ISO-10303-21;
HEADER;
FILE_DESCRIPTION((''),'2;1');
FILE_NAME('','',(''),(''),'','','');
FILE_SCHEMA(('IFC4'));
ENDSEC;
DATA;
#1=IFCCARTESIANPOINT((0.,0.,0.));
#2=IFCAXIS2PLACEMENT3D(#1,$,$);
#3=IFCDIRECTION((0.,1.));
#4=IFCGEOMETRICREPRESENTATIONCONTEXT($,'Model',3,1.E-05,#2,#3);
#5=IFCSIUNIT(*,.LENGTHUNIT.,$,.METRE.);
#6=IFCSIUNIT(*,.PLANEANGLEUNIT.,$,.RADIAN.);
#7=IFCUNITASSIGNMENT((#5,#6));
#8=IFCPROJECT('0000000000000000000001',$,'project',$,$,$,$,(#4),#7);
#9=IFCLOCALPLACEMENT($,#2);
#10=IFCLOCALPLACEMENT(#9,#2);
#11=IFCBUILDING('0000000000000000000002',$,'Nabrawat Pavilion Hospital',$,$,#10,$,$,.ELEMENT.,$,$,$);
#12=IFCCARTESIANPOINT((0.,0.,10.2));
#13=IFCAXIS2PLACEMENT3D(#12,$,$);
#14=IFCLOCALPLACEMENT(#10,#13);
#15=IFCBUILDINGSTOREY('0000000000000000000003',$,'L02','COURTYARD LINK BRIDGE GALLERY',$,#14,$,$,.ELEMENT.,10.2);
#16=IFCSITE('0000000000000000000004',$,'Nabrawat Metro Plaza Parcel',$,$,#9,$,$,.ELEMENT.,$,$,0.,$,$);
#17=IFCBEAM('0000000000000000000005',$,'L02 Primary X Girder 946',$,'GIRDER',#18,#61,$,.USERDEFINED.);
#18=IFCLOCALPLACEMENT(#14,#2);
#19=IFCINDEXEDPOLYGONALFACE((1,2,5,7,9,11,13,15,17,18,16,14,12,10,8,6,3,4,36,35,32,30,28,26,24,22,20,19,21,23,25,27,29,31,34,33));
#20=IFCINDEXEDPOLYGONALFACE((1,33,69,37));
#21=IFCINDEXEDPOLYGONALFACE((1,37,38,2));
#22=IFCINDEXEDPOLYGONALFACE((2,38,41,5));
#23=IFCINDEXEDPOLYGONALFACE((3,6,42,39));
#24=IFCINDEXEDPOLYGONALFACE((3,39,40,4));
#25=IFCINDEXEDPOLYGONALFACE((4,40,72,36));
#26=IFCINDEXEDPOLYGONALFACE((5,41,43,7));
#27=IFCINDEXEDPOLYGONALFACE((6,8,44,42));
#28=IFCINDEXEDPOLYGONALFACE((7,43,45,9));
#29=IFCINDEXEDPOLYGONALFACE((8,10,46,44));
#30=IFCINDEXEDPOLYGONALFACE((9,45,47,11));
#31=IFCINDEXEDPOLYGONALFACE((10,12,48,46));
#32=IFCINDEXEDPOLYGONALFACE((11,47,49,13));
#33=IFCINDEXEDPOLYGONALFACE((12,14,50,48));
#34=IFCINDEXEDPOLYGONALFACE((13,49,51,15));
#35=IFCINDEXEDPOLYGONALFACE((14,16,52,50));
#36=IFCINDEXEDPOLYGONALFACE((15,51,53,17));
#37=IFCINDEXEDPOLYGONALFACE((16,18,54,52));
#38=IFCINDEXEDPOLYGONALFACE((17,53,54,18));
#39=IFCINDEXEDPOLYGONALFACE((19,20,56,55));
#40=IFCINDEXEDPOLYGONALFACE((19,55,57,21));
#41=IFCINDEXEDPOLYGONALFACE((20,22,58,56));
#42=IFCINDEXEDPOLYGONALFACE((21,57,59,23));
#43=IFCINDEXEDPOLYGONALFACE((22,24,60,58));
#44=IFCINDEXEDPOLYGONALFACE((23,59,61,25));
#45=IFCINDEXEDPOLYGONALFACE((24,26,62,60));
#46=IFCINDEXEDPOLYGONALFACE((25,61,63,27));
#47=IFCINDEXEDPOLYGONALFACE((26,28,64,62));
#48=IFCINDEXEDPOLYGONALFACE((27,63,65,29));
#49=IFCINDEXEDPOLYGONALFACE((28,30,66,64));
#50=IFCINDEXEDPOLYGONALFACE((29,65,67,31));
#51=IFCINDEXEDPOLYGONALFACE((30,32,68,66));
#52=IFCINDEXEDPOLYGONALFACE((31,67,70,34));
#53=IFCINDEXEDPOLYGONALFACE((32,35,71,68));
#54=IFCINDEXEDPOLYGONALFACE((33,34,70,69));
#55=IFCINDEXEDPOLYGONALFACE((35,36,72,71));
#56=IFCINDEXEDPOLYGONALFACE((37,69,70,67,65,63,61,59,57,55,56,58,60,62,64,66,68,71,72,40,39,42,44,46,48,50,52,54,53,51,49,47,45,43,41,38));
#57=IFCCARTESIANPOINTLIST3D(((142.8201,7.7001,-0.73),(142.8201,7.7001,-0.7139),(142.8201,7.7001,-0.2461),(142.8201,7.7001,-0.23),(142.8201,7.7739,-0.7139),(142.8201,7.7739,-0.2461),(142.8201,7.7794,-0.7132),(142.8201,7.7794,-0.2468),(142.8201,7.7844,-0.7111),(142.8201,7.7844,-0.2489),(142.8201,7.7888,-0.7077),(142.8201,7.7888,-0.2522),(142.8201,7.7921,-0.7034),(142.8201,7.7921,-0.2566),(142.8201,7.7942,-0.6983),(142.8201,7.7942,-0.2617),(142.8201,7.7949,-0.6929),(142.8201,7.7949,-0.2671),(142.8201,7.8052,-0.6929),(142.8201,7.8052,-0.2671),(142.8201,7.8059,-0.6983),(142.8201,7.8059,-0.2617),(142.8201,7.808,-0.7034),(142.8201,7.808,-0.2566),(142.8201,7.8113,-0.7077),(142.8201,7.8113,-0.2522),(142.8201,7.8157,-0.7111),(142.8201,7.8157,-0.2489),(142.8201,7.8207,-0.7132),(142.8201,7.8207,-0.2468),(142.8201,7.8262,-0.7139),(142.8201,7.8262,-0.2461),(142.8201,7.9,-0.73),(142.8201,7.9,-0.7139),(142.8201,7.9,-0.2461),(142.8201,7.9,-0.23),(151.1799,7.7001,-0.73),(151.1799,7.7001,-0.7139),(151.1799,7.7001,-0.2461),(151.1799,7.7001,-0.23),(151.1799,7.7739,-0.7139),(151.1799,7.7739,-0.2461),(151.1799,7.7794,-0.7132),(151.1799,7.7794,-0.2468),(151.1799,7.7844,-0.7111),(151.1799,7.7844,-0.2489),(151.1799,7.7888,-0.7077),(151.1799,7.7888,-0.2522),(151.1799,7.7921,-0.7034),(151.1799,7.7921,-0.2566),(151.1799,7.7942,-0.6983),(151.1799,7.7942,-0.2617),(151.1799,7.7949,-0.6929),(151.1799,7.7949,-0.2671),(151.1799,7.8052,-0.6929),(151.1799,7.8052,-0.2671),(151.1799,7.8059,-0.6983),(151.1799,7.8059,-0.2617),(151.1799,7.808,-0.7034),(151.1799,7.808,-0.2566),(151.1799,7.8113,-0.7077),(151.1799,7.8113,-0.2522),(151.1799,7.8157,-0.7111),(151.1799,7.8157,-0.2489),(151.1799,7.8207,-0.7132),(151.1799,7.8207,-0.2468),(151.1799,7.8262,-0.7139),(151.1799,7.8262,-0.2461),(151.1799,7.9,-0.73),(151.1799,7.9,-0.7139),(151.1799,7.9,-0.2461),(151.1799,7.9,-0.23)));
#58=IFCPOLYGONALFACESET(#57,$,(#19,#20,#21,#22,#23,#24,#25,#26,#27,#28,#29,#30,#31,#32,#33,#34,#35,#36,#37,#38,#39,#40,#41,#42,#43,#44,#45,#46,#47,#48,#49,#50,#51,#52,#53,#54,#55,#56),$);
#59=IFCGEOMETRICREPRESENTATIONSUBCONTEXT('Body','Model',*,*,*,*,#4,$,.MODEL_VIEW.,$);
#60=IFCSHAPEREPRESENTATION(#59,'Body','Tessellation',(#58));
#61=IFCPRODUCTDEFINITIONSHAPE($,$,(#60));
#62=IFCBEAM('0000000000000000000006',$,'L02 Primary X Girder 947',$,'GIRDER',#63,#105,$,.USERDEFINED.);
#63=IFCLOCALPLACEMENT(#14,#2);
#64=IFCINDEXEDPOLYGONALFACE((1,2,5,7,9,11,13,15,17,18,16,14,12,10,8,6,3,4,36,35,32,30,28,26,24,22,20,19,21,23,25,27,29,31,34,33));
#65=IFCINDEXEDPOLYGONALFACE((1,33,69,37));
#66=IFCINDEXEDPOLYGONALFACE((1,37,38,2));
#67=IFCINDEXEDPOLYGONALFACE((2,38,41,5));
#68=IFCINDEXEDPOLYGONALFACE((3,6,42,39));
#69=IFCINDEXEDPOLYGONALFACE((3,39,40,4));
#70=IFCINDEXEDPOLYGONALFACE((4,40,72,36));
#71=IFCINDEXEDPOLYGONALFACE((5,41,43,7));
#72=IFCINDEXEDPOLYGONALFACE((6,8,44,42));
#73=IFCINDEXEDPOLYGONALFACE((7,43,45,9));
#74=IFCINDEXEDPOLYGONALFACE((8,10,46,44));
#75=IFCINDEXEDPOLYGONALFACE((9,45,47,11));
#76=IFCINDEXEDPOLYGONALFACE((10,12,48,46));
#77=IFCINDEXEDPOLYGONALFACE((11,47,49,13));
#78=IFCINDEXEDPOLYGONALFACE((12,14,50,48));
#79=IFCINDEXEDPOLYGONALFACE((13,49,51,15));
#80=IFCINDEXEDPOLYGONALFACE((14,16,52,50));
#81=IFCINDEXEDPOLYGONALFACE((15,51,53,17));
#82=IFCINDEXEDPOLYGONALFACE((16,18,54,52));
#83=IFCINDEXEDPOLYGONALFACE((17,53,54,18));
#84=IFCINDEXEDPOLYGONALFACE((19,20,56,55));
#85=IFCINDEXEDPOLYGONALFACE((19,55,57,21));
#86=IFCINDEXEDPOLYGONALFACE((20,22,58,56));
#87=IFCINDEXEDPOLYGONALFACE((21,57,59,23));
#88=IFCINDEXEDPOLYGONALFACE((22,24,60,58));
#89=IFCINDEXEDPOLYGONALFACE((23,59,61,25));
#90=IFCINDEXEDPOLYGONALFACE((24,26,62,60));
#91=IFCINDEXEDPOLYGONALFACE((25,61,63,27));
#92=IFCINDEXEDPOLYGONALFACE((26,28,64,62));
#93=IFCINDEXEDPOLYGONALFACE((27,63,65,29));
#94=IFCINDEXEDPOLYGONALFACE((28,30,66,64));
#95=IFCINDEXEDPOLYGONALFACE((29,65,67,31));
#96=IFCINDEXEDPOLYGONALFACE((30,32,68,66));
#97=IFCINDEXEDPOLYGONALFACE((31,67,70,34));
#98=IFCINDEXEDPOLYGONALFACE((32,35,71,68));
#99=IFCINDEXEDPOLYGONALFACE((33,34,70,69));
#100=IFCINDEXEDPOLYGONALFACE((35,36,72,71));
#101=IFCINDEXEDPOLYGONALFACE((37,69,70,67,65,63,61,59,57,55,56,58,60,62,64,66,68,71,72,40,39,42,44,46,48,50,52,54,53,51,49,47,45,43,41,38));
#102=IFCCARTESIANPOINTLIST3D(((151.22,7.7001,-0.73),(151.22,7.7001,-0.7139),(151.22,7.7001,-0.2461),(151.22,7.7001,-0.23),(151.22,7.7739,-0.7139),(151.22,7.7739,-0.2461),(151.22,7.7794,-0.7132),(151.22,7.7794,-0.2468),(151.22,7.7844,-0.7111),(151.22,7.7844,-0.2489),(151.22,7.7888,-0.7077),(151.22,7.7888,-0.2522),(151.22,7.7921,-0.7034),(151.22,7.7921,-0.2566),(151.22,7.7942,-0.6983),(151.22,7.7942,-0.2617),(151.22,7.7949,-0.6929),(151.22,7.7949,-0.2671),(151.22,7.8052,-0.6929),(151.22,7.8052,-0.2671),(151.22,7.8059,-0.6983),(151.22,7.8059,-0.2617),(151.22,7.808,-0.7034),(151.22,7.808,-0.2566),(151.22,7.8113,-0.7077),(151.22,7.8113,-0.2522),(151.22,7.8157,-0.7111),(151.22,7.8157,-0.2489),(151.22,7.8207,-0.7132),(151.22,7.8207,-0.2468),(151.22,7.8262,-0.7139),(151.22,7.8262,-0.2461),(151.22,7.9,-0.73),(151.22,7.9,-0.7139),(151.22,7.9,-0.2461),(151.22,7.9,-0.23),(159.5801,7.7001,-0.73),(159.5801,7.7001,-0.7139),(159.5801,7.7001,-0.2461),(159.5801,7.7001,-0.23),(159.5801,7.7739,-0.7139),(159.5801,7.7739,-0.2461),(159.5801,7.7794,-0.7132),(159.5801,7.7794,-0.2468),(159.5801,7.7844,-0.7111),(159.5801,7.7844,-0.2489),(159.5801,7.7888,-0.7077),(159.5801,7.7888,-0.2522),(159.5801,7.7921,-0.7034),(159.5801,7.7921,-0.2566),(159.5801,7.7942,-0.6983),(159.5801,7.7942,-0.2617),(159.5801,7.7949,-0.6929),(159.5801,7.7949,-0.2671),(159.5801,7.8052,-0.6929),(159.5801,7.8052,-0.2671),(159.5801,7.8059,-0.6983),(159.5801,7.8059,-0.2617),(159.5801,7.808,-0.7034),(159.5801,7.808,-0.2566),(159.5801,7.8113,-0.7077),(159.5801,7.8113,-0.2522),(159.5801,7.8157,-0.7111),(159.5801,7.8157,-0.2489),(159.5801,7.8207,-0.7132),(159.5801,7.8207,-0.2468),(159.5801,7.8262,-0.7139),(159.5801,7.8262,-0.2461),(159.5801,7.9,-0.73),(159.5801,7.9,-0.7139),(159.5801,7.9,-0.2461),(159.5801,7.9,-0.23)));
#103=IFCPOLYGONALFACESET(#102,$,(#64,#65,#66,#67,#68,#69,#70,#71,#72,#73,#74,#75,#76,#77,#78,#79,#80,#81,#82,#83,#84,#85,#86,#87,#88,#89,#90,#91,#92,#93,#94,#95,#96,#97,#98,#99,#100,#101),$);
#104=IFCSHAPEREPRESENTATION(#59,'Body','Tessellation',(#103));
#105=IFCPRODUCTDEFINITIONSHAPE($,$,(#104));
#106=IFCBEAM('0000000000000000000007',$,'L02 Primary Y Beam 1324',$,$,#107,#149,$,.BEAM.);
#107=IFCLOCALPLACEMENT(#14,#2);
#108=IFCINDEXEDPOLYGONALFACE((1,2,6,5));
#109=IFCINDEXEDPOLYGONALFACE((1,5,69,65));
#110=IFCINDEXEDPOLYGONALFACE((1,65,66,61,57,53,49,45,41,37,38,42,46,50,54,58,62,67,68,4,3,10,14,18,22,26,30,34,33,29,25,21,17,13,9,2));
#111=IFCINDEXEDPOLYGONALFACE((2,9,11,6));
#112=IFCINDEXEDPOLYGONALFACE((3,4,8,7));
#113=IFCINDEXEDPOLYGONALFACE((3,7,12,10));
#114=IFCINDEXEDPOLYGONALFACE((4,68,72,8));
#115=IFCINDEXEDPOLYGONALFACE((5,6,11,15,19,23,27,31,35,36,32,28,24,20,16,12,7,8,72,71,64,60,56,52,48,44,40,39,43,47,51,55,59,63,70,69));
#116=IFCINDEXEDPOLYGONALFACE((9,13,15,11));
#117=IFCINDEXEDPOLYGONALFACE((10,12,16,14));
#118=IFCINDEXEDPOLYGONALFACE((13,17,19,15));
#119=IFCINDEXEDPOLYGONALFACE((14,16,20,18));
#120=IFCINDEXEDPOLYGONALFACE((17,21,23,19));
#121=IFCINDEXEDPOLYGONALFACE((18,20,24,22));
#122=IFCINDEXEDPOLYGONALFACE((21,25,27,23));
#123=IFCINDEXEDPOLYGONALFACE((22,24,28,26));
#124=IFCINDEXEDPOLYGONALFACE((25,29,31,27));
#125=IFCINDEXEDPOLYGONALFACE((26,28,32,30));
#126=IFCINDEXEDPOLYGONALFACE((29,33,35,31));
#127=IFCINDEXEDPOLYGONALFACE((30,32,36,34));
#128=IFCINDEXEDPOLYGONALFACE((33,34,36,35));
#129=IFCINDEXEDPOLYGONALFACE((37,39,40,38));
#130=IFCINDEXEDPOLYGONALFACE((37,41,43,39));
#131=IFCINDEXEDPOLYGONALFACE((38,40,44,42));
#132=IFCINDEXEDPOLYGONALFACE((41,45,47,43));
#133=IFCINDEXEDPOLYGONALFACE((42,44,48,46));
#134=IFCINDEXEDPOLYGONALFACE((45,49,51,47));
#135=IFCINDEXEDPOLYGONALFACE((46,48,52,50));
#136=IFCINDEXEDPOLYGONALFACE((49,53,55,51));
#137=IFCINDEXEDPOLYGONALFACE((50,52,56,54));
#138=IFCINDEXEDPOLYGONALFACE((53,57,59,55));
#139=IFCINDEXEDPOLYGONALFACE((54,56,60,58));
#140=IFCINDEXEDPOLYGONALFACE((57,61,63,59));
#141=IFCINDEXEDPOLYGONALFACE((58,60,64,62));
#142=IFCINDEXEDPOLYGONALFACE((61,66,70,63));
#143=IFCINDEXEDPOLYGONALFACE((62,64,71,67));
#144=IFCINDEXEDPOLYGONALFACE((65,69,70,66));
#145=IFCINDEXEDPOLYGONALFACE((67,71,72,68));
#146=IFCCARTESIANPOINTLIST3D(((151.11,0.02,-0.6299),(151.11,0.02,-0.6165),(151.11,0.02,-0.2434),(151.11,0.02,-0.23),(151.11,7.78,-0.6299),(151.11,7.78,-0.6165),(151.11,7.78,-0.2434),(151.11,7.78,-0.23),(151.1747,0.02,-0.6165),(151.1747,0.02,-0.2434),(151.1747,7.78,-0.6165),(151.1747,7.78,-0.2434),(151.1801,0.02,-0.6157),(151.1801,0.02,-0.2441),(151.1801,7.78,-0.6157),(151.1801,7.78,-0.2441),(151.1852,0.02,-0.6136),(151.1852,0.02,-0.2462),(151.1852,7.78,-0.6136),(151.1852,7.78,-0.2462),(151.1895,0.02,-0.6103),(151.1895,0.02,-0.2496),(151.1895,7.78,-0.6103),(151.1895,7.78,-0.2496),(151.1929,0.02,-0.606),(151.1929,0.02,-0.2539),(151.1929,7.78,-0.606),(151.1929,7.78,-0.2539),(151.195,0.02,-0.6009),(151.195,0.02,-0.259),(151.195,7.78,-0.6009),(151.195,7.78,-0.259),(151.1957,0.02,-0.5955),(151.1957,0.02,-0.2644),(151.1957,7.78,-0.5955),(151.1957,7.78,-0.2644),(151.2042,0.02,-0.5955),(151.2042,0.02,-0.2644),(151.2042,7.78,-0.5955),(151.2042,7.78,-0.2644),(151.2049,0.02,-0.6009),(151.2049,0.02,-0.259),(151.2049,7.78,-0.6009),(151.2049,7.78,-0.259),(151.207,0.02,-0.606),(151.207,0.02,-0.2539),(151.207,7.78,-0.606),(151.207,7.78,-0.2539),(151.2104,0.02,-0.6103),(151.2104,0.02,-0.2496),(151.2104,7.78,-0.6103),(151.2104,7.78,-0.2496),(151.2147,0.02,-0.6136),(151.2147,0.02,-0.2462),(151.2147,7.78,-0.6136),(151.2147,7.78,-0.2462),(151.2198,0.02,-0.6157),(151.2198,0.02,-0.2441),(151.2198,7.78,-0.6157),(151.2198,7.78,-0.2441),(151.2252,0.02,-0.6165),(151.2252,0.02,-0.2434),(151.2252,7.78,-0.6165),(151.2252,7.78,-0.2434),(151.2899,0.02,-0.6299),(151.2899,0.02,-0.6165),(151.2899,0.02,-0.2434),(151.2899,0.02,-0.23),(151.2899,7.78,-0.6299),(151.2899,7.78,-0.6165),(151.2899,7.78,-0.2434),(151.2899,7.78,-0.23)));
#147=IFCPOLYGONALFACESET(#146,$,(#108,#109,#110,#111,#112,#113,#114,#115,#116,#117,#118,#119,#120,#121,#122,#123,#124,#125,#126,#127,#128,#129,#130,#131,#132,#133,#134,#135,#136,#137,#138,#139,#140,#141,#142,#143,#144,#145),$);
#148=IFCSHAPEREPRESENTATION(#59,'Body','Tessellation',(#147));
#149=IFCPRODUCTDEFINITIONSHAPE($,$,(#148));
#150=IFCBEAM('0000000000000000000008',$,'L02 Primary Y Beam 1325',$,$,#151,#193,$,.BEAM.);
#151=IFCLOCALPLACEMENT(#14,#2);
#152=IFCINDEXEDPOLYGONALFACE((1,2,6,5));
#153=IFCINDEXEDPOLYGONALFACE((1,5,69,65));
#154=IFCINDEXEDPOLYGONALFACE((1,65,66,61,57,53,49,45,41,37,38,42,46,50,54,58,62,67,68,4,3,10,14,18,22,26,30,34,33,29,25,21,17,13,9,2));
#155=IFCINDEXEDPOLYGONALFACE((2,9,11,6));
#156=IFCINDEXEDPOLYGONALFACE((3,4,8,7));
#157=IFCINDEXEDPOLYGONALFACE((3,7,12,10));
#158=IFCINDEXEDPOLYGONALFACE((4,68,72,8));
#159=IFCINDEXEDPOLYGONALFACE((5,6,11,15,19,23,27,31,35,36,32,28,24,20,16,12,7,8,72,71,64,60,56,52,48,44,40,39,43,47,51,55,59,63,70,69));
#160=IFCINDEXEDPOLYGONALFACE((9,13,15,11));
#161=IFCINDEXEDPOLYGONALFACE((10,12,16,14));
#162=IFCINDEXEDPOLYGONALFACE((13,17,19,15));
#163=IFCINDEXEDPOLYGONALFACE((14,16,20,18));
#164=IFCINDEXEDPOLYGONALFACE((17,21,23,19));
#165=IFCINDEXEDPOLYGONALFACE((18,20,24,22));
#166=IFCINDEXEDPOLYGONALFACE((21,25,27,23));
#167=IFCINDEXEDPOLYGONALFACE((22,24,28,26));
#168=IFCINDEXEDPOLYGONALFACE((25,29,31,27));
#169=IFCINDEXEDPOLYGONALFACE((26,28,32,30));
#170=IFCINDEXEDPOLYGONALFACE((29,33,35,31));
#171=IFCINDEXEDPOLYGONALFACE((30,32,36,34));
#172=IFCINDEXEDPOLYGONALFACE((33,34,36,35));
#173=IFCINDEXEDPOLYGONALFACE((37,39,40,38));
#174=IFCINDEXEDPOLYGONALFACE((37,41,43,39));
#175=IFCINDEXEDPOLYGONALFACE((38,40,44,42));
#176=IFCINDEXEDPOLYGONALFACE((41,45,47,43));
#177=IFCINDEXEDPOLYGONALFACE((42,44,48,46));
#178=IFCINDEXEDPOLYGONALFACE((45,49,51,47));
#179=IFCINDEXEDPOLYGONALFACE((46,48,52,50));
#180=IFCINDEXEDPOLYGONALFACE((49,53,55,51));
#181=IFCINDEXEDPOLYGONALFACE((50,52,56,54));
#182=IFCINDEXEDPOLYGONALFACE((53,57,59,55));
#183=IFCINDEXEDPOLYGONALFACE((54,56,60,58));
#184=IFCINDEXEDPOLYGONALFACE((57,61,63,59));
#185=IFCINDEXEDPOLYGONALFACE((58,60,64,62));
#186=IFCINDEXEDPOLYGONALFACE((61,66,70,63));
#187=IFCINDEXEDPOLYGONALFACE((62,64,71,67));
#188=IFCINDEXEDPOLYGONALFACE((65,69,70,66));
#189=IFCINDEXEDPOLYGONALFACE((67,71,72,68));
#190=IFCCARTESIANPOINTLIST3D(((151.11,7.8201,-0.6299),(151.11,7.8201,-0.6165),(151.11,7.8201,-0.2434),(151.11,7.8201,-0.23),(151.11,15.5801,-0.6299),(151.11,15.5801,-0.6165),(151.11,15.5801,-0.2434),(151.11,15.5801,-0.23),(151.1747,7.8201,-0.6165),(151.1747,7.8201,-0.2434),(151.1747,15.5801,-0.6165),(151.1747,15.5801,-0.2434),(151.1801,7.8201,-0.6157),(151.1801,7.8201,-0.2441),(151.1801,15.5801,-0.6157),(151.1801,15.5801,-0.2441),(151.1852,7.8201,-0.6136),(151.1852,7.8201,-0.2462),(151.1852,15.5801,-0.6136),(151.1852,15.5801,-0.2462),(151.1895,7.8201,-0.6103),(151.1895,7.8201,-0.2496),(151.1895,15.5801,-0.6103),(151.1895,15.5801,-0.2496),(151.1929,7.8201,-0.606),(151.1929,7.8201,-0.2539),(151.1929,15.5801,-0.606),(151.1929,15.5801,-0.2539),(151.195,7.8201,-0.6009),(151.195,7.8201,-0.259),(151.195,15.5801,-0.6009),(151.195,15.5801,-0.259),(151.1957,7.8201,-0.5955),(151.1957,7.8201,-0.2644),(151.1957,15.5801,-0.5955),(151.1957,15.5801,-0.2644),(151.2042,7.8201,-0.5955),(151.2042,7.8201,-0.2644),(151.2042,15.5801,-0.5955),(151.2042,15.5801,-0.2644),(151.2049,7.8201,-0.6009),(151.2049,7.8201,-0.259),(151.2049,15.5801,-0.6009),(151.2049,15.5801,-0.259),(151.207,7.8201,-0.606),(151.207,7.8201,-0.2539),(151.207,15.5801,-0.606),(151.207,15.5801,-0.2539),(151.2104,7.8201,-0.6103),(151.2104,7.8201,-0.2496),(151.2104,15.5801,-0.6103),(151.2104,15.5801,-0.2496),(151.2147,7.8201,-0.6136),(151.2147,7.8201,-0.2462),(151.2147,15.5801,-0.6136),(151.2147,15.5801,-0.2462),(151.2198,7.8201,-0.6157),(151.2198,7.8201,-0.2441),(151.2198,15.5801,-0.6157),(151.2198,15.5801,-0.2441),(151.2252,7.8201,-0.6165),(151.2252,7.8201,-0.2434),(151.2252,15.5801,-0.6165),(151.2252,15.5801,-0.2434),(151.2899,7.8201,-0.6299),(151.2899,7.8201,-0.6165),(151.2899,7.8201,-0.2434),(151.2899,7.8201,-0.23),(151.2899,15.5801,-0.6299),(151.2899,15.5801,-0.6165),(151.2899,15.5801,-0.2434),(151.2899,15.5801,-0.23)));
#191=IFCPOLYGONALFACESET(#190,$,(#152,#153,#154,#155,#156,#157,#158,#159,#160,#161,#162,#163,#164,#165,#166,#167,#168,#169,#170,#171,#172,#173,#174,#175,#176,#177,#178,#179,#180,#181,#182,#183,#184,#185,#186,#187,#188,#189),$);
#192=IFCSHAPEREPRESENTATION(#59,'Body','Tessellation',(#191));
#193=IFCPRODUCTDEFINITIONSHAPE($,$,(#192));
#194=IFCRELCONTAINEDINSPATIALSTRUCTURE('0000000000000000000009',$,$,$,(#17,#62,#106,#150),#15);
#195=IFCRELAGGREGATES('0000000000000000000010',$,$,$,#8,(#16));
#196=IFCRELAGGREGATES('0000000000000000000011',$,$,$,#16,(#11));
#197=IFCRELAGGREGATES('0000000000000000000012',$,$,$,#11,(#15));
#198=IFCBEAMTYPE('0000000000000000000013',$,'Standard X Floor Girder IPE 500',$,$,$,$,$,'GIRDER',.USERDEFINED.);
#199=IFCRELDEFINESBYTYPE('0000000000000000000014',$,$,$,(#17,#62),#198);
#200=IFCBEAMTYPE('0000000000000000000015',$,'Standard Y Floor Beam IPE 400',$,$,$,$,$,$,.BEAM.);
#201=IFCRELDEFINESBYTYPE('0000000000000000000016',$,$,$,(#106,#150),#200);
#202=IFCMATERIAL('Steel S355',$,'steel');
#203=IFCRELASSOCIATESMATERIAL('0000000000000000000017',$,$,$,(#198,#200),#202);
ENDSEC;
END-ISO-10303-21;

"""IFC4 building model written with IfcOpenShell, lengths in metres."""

from ifc_helpers import new_model, si_unit, direction, frame, origin, origin_2d, place, context, subcontext, project, spatial, i_section, extrude, material, material_profile, profile_set, type_object, element, save


model = new_model("IFC4")

# Units and contexts
model_context = context("Model", 3, precision=1e-05, world=origin(), true_north=direction((0.0, 1.0)))
body_context = subcontext(model_context, "Body", "Model", "MODEL_VIEW")
ifc_project = project(units=[si_unit("LENGTHUNIT", "METRE"), si_unit("PLANEANGLEUNIT", "RADIAN")], contexts=[model_context])

# Site, building, storey
site_placement = place(None, origin())
site = spatial("IfcSite", under=ifc_project, at=site_placement, Name="Nabrawat Metro Plaza Parcel", CompositionType="ELEMENT", RefElevation=0.0)
building_placement = place(site_placement, origin())
building = spatial("IfcBuilding", under=site, at=building_placement, Name="Nabrawat Pavilion Hospital", CompositionType="ELEMENT")
storey_placement = place(building_placement, frame((0.0, 0.0, 10.2)))
storey = spatial("IfcBuildingStorey", under=building, at=storey_placement, Name="L02", Description="COURTYARD LINK BRIDGE GALLERY", CompositionType="ELEMENT", Elevation=10.2)

# Shared definitions
ifc_material_1 = material(Name="Steel S355", Category="steel")

# Beams
ifc_material_profile_1 = material_profile(ifc_material_1, i_section(OverallWidth=0.2, OverallDepth=0.5, WebThickness=0.0103, FlangeThickness=0.0161, FilletRadius=0.021, at=origin_2d()), Name="IPE 500")
ifc_profile_set_1 = profile_set([ifc_material_profile_1], Name="Steel S355")
beam_type_1 = type_object("IfcBeamType", Name="Standard X Floor Girder IPE 500", ElementType="GIRDER", PredefinedType="USERDEFINED", material=ifc_profile_set_1)
beam_1_placement = place(storey_placement, frame((142.8201, 7.8, -0.48), z_axis=(1.0, 0.0, 0.0), x_axis=(0.0, 1.0, 0.0)))
element("IfcBeam", 1, at=beam_1_placement, inside=storey, type_object=beam_type_1, Name="L02 Primary X Girder 946", ObjectType="GIRDER", PredefinedType="USERDEFINED", context=body_context, shape_type="SweptSolid", body=[
    extrude(i_section(OverallWidth=0.2, OverallDepth=0.5, WebThickness=0.0103, FlangeThickness=0.0161, FilletRadius=0.021, at=origin_2d()), origin(), (0.0, 0.0, 1.0), 8.3599),
])
beam_2_placement = place(storey_placement, frame((151.22, 7.8, -0.48), z_axis=(1.0, 0.0, 0.0), x_axis=(0.0, 1.0, 0.0)))
element("IfcBeam", 2, at=beam_2_placement, inside=storey, type_object=beam_type_1, Name="L02 Primary X Girder 947", ObjectType="GIRDER", PredefinedType="USERDEFINED", context=body_context, shape_type="SweptSolid", body=[
    extrude(i_section(OverallWidth=0.2, OverallDepth=0.5, WebThickness=0.0103, FlangeThickness=0.0161, FilletRadius=0.021, at=origin_2d()), origin(), (0.0, 0.0, 1.0), 8.3601),
])
ifc_material_profile_2 = material_profile(ifc_material_1, i_section(OverallWidth=0.1799, OverallDepth=0.3999, WebThickness=0.0085, FlangeThickness=0.0134, FilletRadius=0.021, at=origin_2d()), Name="IPE 400")
ifc_profile_set_2 = profile_set([ifc_material_profile_2], Name="Steel S355")
beam_type_2 = type_object("IfcBeamType", Name="Standard Y Floor Beam IPE 400", PredefinedType="BEAM", material=ifc_profile_set_2)
for number, where, z_axis, x_axis, name in (
    (3, (151.2, 0.02, -0.4299), (0.0, 1.0, 0.0), (-1.0, 0.0, 0.0), "L02 Primary Y Beam 1324"),
    (4, (151.2, 7.8201, -0.4299), (0.0, 1.0, 0.0), (-1.0, 0.0, 0.0), "L02 Primary Y Beam 1325"),
):
    element("IfcBeam", number, at=place(storey_placement, frame(where, z_axis=z_axis, x_axis=x_axis)), inside=storey, type_object=beam_type_2, Name=name, PredefinedType="BEAM", context=body_context, shape_type="SweptSolid", body=[
        extrude(i_section(OverallWidth=0.1799, OverallDepth=0.3999, WebThickness=0.0085, FlangeThickness=0.0134, FilletRadius=0.021, at=origin_2d()), origin(), (0.0, 0.0, 1.0), 7.76),
    ])

save(model, "model.ifc")
